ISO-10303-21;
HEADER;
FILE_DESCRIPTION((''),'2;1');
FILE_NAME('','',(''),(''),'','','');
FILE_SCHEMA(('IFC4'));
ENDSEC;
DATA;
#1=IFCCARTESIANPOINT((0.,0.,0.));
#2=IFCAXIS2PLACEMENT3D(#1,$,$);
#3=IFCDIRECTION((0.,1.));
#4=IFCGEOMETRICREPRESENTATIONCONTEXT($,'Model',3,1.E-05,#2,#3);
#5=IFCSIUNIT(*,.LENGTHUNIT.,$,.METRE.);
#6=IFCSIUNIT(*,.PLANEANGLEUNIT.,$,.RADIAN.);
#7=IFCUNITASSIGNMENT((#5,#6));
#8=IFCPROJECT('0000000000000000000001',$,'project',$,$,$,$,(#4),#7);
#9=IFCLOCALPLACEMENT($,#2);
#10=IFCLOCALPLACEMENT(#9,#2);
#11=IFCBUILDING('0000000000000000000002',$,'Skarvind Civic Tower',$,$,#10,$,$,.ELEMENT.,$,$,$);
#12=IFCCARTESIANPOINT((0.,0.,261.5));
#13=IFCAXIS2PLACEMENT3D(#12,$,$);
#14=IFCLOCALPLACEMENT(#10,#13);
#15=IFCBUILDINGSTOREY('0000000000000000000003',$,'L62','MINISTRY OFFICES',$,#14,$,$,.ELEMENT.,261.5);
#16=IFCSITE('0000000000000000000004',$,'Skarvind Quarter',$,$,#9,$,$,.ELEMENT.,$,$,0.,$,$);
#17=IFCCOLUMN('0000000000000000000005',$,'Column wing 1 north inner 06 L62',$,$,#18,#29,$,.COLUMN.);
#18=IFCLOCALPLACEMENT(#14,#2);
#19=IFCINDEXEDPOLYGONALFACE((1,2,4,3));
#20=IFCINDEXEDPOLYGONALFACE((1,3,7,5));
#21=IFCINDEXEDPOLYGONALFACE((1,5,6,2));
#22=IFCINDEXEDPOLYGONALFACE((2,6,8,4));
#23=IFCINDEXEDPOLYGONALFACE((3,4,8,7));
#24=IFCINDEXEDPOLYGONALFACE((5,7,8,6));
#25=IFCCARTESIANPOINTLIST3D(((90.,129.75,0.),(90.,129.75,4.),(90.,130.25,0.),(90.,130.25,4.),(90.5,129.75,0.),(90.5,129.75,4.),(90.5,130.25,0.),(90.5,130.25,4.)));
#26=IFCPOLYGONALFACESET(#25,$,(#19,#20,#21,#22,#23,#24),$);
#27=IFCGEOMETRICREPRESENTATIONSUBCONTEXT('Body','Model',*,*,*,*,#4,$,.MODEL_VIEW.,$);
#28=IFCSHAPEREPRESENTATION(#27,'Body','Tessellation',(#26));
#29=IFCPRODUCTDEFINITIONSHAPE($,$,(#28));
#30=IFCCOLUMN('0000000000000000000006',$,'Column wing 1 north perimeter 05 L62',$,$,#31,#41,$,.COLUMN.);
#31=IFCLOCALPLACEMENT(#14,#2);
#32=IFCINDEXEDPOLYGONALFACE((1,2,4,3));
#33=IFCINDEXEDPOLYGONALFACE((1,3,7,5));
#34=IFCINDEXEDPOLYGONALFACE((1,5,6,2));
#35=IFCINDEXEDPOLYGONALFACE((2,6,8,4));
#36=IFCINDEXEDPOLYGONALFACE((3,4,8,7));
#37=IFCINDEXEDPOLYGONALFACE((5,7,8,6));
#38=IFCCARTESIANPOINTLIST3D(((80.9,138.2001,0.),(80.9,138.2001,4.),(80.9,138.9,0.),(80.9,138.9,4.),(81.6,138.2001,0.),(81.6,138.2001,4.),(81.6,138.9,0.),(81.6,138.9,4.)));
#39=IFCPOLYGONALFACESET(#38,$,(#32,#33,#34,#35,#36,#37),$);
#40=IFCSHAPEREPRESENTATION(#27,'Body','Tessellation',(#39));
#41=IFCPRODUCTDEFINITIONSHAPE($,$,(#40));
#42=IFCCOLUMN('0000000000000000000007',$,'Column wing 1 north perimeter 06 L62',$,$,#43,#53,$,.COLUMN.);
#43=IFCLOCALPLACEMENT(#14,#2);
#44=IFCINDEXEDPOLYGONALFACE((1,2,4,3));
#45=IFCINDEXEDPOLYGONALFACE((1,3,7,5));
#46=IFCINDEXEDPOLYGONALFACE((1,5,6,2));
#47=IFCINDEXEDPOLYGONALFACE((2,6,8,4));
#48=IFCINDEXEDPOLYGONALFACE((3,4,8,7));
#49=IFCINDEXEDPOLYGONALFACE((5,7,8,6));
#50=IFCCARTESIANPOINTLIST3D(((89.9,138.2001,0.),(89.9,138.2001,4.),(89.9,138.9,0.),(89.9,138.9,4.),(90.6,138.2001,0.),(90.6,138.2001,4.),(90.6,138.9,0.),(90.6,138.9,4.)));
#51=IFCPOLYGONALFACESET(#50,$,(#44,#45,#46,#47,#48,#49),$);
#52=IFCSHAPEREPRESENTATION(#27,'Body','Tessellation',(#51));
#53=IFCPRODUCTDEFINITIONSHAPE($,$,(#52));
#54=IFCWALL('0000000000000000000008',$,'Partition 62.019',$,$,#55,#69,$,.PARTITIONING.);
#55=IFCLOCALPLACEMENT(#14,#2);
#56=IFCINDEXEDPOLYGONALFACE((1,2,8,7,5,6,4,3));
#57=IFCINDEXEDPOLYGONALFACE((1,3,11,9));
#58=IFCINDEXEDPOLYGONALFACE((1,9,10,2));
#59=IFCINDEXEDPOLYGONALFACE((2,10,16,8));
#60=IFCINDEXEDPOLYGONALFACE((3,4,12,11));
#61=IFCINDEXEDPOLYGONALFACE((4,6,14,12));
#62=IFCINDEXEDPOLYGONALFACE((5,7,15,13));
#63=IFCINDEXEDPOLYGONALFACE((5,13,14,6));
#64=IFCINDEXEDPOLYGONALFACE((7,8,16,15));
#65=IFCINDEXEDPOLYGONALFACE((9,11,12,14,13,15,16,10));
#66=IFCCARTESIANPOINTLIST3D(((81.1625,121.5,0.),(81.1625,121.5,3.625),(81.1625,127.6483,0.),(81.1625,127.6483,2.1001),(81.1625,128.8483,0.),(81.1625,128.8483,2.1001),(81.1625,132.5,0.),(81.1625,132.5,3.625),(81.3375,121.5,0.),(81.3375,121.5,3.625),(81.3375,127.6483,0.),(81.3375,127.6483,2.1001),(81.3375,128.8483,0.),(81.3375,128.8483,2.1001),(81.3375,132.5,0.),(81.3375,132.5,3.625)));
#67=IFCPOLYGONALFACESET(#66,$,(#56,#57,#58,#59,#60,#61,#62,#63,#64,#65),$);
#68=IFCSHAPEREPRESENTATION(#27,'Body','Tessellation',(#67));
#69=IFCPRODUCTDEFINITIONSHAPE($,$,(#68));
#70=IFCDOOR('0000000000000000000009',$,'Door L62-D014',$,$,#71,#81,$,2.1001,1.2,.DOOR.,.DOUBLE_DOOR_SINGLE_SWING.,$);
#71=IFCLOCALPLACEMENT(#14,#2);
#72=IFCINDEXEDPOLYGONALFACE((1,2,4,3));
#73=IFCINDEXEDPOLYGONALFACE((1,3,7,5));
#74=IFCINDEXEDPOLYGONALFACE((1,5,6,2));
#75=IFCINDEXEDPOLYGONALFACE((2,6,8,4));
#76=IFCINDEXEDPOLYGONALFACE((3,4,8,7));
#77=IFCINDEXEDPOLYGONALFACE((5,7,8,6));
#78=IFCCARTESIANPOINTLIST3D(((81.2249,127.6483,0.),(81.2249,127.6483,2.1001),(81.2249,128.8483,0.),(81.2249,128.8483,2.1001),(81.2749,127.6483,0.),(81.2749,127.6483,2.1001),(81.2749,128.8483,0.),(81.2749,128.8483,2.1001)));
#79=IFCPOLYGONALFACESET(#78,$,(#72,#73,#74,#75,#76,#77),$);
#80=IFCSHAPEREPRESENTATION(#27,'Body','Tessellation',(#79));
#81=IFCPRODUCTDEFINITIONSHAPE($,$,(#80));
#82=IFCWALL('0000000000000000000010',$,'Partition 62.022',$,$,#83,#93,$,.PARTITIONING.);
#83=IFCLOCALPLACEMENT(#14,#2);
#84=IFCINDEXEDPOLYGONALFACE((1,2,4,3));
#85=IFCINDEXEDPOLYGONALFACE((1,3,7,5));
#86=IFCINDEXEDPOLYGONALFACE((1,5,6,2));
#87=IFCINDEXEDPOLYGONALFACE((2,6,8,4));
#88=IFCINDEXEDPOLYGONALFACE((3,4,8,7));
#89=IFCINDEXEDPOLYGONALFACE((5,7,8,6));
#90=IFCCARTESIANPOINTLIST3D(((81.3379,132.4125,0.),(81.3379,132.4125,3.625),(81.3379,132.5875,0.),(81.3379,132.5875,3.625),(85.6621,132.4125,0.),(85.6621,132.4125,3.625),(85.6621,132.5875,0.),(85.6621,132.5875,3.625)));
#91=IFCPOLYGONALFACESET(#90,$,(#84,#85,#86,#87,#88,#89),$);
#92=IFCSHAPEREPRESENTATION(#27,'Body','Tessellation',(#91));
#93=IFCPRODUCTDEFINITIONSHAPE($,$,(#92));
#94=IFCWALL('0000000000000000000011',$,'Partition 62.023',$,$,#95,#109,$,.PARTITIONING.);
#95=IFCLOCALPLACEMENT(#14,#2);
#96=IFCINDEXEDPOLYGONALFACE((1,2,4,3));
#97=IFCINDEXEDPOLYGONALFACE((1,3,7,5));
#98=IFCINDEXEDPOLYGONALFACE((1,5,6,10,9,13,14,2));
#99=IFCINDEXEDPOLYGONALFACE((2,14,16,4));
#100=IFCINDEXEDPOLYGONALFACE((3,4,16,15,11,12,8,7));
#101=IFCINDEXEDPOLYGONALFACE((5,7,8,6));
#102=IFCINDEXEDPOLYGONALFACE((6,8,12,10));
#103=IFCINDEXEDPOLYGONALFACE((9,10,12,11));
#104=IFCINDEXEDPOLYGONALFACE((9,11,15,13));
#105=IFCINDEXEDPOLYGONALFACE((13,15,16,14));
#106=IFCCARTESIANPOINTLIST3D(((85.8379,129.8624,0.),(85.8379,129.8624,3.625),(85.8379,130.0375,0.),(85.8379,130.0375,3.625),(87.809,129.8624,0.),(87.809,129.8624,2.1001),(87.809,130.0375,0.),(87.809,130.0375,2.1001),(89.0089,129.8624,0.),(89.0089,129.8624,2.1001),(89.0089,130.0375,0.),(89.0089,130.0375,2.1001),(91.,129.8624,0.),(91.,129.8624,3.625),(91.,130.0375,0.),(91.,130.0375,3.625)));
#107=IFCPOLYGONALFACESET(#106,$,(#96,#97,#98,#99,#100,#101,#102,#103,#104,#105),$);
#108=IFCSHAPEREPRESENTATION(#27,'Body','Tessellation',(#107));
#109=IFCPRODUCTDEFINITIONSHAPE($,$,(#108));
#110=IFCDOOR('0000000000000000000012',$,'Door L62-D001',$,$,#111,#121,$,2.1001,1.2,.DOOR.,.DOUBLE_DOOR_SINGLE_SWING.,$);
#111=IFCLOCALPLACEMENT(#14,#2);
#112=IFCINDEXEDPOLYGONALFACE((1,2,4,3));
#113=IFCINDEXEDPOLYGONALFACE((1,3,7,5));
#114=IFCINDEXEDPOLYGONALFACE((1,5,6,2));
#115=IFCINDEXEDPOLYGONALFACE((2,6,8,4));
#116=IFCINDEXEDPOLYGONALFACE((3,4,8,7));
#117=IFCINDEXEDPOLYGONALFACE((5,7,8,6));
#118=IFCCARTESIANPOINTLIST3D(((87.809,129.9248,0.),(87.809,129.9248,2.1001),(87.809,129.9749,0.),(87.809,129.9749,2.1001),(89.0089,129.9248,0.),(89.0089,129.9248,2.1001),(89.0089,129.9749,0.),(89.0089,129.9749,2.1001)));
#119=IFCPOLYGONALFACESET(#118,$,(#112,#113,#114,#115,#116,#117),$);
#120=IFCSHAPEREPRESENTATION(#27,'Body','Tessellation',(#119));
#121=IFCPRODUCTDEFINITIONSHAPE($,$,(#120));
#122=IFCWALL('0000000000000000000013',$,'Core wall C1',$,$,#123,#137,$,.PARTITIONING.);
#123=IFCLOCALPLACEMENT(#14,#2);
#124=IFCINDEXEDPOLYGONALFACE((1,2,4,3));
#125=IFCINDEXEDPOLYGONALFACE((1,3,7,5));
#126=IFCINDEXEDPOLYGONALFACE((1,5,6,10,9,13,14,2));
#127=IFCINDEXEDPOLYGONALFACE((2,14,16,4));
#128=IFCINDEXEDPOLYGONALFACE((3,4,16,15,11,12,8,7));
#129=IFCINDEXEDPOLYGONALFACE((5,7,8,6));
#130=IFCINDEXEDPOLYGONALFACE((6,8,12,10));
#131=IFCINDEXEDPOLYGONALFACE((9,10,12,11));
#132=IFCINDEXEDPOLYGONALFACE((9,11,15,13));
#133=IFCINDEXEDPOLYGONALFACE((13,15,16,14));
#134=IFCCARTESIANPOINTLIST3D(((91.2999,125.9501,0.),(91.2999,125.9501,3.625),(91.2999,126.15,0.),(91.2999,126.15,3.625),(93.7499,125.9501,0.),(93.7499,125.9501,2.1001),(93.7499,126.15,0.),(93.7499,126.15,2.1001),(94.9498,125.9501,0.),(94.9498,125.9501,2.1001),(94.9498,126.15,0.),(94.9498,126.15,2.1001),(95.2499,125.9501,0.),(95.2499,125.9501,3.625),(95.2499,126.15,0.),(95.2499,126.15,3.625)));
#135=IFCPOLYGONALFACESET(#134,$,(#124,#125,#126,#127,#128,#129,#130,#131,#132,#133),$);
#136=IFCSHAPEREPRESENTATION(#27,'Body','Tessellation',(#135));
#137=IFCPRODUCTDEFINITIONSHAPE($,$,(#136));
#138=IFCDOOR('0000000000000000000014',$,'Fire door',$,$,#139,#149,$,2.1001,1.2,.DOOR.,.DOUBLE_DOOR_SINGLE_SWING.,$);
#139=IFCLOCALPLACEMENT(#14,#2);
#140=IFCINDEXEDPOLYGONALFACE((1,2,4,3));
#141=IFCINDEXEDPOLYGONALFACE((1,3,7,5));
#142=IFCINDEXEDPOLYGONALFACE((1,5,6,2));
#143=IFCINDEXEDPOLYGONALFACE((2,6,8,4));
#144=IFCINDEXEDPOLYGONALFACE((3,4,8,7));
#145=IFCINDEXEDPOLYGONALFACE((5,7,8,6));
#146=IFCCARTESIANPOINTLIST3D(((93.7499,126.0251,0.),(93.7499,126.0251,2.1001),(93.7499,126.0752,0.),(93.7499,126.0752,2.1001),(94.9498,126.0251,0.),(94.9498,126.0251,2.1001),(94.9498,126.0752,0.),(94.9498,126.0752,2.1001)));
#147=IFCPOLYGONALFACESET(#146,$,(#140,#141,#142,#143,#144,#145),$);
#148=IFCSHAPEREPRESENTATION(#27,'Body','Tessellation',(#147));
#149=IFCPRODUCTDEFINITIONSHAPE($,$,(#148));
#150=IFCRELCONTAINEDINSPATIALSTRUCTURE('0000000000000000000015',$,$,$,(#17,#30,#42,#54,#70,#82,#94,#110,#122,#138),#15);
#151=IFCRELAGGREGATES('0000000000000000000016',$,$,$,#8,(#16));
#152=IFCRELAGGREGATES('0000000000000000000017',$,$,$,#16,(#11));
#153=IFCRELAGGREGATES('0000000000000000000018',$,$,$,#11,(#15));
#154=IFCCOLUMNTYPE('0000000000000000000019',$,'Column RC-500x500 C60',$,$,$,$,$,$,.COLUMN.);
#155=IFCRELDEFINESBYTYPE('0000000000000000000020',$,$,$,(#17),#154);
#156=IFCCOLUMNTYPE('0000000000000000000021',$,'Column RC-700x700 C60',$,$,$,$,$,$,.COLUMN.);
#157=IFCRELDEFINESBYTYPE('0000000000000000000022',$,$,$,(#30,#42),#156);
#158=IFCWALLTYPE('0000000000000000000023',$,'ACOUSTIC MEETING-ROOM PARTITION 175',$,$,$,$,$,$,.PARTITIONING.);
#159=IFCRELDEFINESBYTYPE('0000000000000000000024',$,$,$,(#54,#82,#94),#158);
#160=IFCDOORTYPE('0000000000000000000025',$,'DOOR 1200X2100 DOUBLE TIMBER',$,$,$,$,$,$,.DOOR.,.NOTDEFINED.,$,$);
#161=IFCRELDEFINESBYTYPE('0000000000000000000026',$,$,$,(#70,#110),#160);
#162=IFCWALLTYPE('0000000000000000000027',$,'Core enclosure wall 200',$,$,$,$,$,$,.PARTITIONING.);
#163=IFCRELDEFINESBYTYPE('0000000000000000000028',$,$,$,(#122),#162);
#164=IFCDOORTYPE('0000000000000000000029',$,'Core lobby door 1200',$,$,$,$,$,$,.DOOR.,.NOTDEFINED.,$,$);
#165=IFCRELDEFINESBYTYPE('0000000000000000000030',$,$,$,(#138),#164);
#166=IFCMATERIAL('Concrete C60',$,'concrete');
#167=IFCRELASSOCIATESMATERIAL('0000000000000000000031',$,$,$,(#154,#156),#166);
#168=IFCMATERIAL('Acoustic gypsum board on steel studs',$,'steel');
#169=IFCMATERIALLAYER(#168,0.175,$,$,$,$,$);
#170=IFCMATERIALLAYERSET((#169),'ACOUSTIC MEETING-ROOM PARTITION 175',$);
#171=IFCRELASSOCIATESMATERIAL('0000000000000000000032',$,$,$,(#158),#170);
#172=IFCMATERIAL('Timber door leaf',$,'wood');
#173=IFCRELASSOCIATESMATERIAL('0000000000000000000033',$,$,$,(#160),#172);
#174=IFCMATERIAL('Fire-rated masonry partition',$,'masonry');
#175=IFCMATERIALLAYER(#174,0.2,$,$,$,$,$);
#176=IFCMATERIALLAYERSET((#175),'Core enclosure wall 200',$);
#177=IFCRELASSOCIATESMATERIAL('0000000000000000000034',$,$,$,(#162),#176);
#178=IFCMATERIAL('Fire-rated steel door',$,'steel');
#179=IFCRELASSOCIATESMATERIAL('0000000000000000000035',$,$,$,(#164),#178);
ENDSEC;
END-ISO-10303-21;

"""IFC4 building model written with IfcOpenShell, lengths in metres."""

from ifc_helpers import new_model, si_unit, direction, frame, frame_2d, origin, origin_2d, place, context, subcontext, project, spatial, rectangle, extrude, material, layer, layer_set, material_profile, profile_set, type_object, element, fill, save


model = new_model("IFC4")

# Units and contexts
model_context = context("Model", 3, precision=1e-05, world=origin(), true_north=direction((0.0, 1.0)))
body_context = subcontext(model_context, "Body", "Model", "MODEL_VIEW")
ifc_project = project(units=[si_unit("LENGTHUNIT", "METRE"), si_unit("PLANEANGLEUNIT", "RADIAN")], contexts=[model_context])

# Site, building, storey
site_placement = place(None, origin())
site = spatial("IfcSite", under=ifc_project, at=site_placement, Name="Skarvind Quarter", CompositionType="ELEMENT", RefElevation=0.0)
building_placement = place(site_placement, origin())
building = spatial("IfcBuilding", under=site, at=building_placement, Name="Skarvind Civic Tower", CompositionType="ELEMENT")
storey_placement = place(building_placement, frame((0.0, 0.0, 261.5)))
storey = spatial("IfcBuildingStorey", under=building, at=storey_placement, Name="L62", Description="MINISTRY OFFICES", CompositionType="ELEMENT", Elevation=261.5)

# Columns
ifc_material_1 = material(Name="Concrete C60", Category="concrete")
ifc_material_profile_1 = material_profile(ifc_material_1, rectangle(XDim=0.5, YDim=0.5, at=origin_2d()), Name="RC-500x500")
ifc_profile_set_1 = profile_set([ifc_material_profile_1], Name="Concrete C60")
column_type_1 = type_object("IfcColumnType", Name="Column RC-500x500 C60", PredefinedType="COLUMN", material=ifc_profile_set_1)
column_placement = place(storey_placement, frame((90.25, 130.0, 0.0), z_axis=(0.0, 0.0, 1.0), x_axis=(1.0, 0.0, 0.0)))
element("IfcColumn", 1, at=column_placement, inside=storey, type_object=column_type_1, Name="Column wing 1 north inner 06 L62", PredefinedType="COLUMN", context=body_context, shape_type="SweptSolid", body=[
    extrude(rectangle(XDim=0.5, YDim=0.5, at=origin_2d()), origin(), (0.0, 0.0, 1.0), 4.0),
])
ifc_material_profile_2 = material_profile(ifc_material_1, rectangle(XDim=0.7, YDim=0.7, at=origin_2d()), Name="RC-700x700")
ifc_profile_set_2 = profile_set([ifc_material_profile_2], Name="Concrete C60")
column_type_2 = type_object("IfcColumnType", Name="Column RC-700x700 C60", PredefinedType="COLUMN", material=ifc_profile_set_2)
for number, where, z_axis, x_axis, name in (
    (2, (81.25, 138.55, 0.0), (0.0, 0.0, 1.0), (1.0, 0.0, 0.0), "Column wing 1 north perimeter 05 L62"),
    (3, (90.25, 138.55, 0.0), (0.0, 0.0, 1.0), (1.0, 0.0, 0.0), "Column wing 1 north perimeter 06 L62"),
):
    element("IfcColumn", number, at=place(storey_placement, frame(where, z_axis=z_axis, x_axis=x_axis)), inside=storey, type_object=column_type_2, Name=name, PredefinedType="COLUMN", context=body_context, shape_type="SweptSolid", body=[
        extrude(rectangle(XDim=0.7, YDim=0.7, at=origin_2d()), origin(), (0.0, 0.0, 1.0), 4.0),
    ])

# Wall, opening, door
ifc_material_2 = material(Name="Acoustic gypsum board on steel studs", Category="steel")
ifc_layer_1 = layer(ifc_material_2, 0.175)
ifc_layer_set_1 = layer_set([ifc_layer_1], Name="ACOUSTIC MEETING-ROOM PARTITION 175")
wall_type_1 = type_object("IfcWallType", Name="ACOUSTIC MEETING-ROOM PARTITION 175", PredefinedType="PARTITIONING", material=ifc_layer_set_1)
wall_1_placement = place(storey_placement, frame((81.25, 132.5, 0.0), z_axis=(0.0, 0.0, 1.0), x_axis=(0.0, -1.0, 0.0)))
wall_1 = element("IfcWall", 4, at=wall_1_placement, inside=storey, type_object=wall_type_1, Name="Partition 62.019", PredefinedType="PARTITIONING", context=body_context, shape_type="SweptSolid", body=[
    extrude(rectangle(XDim=11.0, YDim=0.175, at=frame_2d((5.5, 0.0))), origin(), (0.0, 0.0, 1.0), 3.625),
])
opening_1_placement = place(wall_1_placement, frame((3.6516, 0.0, 0.0)))
opening_1 = element("IfcOpeningElement", 5, at=opening_1_placement, cuts=wall_1, PredefinedType="OPENING", context=body_context, shape_type="SweptSolid", body=[
    extrude(rectangle(XDim=1.2, YDim=2.1001, at=frame_2d((0.6001, 1.05))), frame((0.0, 0.0974, 0.0), z_axis=(0.0, -1.0, 0.0), x_axis=(1.0, 0.0, 0.0)), (0.0, 0.0, 1.0), 0.1951),
])
ifc_material_3 = material(Name="Timber door leaf", Category="wood")
door_type_1 = type_object("IfcDoorType", Name="DOOR 1200X2100 DOUBLE TIMBER", OperationType="NOTDEFINED", PredefinedType="DOOR", material=ifc_material_3)
door_1_placement = place(opening_1_placement, origin())
door_1 = element("IfcDoor", 6, at=door_1_placement, inside=storey, type_object=door_type_1, Name="Door L62-D014", OperationType="DOUBLE_DOOR_SINGLE_SWING", OverallHeight=2.1001, OverallWidth=1.2, PredefinedType="DOOR", context=body_context, shape_type="SweptSolid", body=[
    extrude(rectangle(XDim=1.2, YDim=2.1001, at=frame_2d((0.6001, 1.05))), frame((0.0, 0.0249, 0.0), z_axis=(0.0, -1.0, 0.0), x_axis=(1.0, 0.0, 0.0)), (0.0, 0.0, 1.0), 0.05),
])
fill(opening_1, door_1)

# Wall
wall_2_placement = place(storey_placement, frame((85.6621, 132.5, 0.0), z_axis=(0.0, 0.0, 1.0), x_axis=(-1.0, 0.0, 0.0)))
element("IfcWall", 7, at=wall_2_placement, inside=storey, type_object=wall_type_1, Name="Partition 62.022", PredefinedType="PARTITIONING", context=body_context, shape_type="SweptSolid", body=[
    extrude(rectangle(XDim=4.3242, YDim=0.175, at=frame_2d((2.1621, 0.0))), origin(), (0.0, 0.0, 1.0), 3.625),
])

# Walls, openings, doors
wall_3_placement = place(storey_placement, frame((85.8379, 129.95, 0.0), z_axis=(0.0, 0.0, 1.0), x_axis=(1.0, 0.0, 0.0)))
wall_3 = element("IfcWall", 8, at=wall_3_placement, inside=storey, type_object=wall_type_1, Name="Partition 62.023", PredefinedType="PARTITIONING", context=body_context, shape_type="SweptSolid", body=[
    extrude(rectangle(XDim=5.1621, YDim=0.175, at=frame_2d((2.5811, 0.0))), origin(), (0.0, 0.0, 1.0), 3.625),
])
opening_2_placement = place(wall_3_placement, frame((1.9709, 0.0, 0.0)))
opening_2 = element("IfcOpeningElement", 9, at=opening_2_placement, cuts=wall_3, PredefinedType="OPENING", context=body_context, shape_type="SweptSolid", body=[
    extrude(rectangle(XDim=1.2, YDim=2.1001, at=frame_2d((0.6001, 1.05))), frame((0.0, 0.0974, 0.0), z_axis=(0.0, -1.0, 0.0), x_axis=(1.0, 0.0, 0.0)), (0.0, 0.0, 1.0), 0.1951),
])
door_2_placement = place(opening_2_placement, origin())
door_2 = element("IfcDoor", 10, at=door_2_placement, inside=storey, type_object=door_type_1, Name="Door L62-D001", OperationType="DOUBLE_DOOR_SINGLE_SWING", OverallHeight=2.1001, OverallWidth=1.2, PredefinedType="DOOR", context=body_context, shape_type="SweptSolid", body=[
    extrude(rectangle(XDim=1.2, YDim=2.1001, at=frame_2d((0.6001, 1.05))), frame((0.0, 0.0249, 0.0), z_axis=(0.0, -1.0, 0.0), x_axis=(1.0, 0.0, 0.0)), (0.0, 0.0, 1.0), 0.05),
])
fill(opening_2, door_2)
ifc_material_4 = material(Name="Fire-rated masonry partition", Category="masonry")
ifc_layer_2 = layer(ifc_material_4, 0.2)
ifc_layer_set_2 = layer_set([ifc_layer_2], Name="Core enclosure wall 200")
wall_type_2 = type_object("IfcWallType", Name="Core enclosure wall 200", PredefinedType="PARTITIONING", material=ifc_layer_set_2)
wall_4_placement = place(storey_placement, frame((95.25, 126.05, 0.0), z_axis=(0.0, 0.0, 1.0), x_axis=(-1.0, 0.0, 0.0)))
wall_4 = element("IfcWall", 11, at=wall_4_placement, inside=storey, type_object=wall_type_2, Name="Core wall C1", PredefinedType="PARTITIONING", context=body_context, shape_type="SweptSolid", body=[
    extrude(rectangle(XDim=3.95, YDim=0.2, at=frame_2d((1.9751, 0.0))), origin(), (0.0, 0.0, 1.0), 3.625),
])
opening_3_placement = place(wall_4_placement, frame((0.3, 0.0, 0.0)))
opening_3 = element("IfcOpeningElement", 12, at=opening_3_placement, cuts=wall_4, PredefinedType="OPENING", context=body_context, shape_type="SweptSolid", body=[
    extrude(rectangle(XDim=1.2, YDim=2.1001, at=frame_2d((0.6001, 1.05))), frame((0.0, 0.1099, 0.0), z_axis=(0.0, -1.0, 0.0), x_axis=(1.0, 0.0, 0.0)), (0.0, 0.0, 1.0), 0.22),
])
ifc_material_5 = material(Name="Fire-rated steel door", Category="steel")
door_type_2 = type_object("IfcDoorType", Name="Core lobby door 1200", OperationType="NOTDEFINED", PredefinedType="DOOR", material=ifc_material_5)
door_3_placement = place(opening_3_placement, origin())
door_3 = element("IfcDoor", 13, at=door_3_placement, inside=storey, type_object=door_type_2, Name="Fire door", OperationType="DOUBLE_DOOR_SINGLE_SWING", OverallHeight=2.1001, OverallWidth=1.2, PredefinedType="DOOR", context=body_context, shape_type="SweptSolid", body=[
    extrude(rectangle(XDim=1.2, YDim=2.1001, at=frame_2d((0.6001, 1.05))), frame((0.0, 0.0249, 0.0), z_axis=(0.0, -1.0, 0.0), x_axis=(1.0, 0.0, 0.0)), (0.0, 0.0, 1.0), 0.05),
])
fill(opening_3, door_3)

save(model, "model.ifc")
